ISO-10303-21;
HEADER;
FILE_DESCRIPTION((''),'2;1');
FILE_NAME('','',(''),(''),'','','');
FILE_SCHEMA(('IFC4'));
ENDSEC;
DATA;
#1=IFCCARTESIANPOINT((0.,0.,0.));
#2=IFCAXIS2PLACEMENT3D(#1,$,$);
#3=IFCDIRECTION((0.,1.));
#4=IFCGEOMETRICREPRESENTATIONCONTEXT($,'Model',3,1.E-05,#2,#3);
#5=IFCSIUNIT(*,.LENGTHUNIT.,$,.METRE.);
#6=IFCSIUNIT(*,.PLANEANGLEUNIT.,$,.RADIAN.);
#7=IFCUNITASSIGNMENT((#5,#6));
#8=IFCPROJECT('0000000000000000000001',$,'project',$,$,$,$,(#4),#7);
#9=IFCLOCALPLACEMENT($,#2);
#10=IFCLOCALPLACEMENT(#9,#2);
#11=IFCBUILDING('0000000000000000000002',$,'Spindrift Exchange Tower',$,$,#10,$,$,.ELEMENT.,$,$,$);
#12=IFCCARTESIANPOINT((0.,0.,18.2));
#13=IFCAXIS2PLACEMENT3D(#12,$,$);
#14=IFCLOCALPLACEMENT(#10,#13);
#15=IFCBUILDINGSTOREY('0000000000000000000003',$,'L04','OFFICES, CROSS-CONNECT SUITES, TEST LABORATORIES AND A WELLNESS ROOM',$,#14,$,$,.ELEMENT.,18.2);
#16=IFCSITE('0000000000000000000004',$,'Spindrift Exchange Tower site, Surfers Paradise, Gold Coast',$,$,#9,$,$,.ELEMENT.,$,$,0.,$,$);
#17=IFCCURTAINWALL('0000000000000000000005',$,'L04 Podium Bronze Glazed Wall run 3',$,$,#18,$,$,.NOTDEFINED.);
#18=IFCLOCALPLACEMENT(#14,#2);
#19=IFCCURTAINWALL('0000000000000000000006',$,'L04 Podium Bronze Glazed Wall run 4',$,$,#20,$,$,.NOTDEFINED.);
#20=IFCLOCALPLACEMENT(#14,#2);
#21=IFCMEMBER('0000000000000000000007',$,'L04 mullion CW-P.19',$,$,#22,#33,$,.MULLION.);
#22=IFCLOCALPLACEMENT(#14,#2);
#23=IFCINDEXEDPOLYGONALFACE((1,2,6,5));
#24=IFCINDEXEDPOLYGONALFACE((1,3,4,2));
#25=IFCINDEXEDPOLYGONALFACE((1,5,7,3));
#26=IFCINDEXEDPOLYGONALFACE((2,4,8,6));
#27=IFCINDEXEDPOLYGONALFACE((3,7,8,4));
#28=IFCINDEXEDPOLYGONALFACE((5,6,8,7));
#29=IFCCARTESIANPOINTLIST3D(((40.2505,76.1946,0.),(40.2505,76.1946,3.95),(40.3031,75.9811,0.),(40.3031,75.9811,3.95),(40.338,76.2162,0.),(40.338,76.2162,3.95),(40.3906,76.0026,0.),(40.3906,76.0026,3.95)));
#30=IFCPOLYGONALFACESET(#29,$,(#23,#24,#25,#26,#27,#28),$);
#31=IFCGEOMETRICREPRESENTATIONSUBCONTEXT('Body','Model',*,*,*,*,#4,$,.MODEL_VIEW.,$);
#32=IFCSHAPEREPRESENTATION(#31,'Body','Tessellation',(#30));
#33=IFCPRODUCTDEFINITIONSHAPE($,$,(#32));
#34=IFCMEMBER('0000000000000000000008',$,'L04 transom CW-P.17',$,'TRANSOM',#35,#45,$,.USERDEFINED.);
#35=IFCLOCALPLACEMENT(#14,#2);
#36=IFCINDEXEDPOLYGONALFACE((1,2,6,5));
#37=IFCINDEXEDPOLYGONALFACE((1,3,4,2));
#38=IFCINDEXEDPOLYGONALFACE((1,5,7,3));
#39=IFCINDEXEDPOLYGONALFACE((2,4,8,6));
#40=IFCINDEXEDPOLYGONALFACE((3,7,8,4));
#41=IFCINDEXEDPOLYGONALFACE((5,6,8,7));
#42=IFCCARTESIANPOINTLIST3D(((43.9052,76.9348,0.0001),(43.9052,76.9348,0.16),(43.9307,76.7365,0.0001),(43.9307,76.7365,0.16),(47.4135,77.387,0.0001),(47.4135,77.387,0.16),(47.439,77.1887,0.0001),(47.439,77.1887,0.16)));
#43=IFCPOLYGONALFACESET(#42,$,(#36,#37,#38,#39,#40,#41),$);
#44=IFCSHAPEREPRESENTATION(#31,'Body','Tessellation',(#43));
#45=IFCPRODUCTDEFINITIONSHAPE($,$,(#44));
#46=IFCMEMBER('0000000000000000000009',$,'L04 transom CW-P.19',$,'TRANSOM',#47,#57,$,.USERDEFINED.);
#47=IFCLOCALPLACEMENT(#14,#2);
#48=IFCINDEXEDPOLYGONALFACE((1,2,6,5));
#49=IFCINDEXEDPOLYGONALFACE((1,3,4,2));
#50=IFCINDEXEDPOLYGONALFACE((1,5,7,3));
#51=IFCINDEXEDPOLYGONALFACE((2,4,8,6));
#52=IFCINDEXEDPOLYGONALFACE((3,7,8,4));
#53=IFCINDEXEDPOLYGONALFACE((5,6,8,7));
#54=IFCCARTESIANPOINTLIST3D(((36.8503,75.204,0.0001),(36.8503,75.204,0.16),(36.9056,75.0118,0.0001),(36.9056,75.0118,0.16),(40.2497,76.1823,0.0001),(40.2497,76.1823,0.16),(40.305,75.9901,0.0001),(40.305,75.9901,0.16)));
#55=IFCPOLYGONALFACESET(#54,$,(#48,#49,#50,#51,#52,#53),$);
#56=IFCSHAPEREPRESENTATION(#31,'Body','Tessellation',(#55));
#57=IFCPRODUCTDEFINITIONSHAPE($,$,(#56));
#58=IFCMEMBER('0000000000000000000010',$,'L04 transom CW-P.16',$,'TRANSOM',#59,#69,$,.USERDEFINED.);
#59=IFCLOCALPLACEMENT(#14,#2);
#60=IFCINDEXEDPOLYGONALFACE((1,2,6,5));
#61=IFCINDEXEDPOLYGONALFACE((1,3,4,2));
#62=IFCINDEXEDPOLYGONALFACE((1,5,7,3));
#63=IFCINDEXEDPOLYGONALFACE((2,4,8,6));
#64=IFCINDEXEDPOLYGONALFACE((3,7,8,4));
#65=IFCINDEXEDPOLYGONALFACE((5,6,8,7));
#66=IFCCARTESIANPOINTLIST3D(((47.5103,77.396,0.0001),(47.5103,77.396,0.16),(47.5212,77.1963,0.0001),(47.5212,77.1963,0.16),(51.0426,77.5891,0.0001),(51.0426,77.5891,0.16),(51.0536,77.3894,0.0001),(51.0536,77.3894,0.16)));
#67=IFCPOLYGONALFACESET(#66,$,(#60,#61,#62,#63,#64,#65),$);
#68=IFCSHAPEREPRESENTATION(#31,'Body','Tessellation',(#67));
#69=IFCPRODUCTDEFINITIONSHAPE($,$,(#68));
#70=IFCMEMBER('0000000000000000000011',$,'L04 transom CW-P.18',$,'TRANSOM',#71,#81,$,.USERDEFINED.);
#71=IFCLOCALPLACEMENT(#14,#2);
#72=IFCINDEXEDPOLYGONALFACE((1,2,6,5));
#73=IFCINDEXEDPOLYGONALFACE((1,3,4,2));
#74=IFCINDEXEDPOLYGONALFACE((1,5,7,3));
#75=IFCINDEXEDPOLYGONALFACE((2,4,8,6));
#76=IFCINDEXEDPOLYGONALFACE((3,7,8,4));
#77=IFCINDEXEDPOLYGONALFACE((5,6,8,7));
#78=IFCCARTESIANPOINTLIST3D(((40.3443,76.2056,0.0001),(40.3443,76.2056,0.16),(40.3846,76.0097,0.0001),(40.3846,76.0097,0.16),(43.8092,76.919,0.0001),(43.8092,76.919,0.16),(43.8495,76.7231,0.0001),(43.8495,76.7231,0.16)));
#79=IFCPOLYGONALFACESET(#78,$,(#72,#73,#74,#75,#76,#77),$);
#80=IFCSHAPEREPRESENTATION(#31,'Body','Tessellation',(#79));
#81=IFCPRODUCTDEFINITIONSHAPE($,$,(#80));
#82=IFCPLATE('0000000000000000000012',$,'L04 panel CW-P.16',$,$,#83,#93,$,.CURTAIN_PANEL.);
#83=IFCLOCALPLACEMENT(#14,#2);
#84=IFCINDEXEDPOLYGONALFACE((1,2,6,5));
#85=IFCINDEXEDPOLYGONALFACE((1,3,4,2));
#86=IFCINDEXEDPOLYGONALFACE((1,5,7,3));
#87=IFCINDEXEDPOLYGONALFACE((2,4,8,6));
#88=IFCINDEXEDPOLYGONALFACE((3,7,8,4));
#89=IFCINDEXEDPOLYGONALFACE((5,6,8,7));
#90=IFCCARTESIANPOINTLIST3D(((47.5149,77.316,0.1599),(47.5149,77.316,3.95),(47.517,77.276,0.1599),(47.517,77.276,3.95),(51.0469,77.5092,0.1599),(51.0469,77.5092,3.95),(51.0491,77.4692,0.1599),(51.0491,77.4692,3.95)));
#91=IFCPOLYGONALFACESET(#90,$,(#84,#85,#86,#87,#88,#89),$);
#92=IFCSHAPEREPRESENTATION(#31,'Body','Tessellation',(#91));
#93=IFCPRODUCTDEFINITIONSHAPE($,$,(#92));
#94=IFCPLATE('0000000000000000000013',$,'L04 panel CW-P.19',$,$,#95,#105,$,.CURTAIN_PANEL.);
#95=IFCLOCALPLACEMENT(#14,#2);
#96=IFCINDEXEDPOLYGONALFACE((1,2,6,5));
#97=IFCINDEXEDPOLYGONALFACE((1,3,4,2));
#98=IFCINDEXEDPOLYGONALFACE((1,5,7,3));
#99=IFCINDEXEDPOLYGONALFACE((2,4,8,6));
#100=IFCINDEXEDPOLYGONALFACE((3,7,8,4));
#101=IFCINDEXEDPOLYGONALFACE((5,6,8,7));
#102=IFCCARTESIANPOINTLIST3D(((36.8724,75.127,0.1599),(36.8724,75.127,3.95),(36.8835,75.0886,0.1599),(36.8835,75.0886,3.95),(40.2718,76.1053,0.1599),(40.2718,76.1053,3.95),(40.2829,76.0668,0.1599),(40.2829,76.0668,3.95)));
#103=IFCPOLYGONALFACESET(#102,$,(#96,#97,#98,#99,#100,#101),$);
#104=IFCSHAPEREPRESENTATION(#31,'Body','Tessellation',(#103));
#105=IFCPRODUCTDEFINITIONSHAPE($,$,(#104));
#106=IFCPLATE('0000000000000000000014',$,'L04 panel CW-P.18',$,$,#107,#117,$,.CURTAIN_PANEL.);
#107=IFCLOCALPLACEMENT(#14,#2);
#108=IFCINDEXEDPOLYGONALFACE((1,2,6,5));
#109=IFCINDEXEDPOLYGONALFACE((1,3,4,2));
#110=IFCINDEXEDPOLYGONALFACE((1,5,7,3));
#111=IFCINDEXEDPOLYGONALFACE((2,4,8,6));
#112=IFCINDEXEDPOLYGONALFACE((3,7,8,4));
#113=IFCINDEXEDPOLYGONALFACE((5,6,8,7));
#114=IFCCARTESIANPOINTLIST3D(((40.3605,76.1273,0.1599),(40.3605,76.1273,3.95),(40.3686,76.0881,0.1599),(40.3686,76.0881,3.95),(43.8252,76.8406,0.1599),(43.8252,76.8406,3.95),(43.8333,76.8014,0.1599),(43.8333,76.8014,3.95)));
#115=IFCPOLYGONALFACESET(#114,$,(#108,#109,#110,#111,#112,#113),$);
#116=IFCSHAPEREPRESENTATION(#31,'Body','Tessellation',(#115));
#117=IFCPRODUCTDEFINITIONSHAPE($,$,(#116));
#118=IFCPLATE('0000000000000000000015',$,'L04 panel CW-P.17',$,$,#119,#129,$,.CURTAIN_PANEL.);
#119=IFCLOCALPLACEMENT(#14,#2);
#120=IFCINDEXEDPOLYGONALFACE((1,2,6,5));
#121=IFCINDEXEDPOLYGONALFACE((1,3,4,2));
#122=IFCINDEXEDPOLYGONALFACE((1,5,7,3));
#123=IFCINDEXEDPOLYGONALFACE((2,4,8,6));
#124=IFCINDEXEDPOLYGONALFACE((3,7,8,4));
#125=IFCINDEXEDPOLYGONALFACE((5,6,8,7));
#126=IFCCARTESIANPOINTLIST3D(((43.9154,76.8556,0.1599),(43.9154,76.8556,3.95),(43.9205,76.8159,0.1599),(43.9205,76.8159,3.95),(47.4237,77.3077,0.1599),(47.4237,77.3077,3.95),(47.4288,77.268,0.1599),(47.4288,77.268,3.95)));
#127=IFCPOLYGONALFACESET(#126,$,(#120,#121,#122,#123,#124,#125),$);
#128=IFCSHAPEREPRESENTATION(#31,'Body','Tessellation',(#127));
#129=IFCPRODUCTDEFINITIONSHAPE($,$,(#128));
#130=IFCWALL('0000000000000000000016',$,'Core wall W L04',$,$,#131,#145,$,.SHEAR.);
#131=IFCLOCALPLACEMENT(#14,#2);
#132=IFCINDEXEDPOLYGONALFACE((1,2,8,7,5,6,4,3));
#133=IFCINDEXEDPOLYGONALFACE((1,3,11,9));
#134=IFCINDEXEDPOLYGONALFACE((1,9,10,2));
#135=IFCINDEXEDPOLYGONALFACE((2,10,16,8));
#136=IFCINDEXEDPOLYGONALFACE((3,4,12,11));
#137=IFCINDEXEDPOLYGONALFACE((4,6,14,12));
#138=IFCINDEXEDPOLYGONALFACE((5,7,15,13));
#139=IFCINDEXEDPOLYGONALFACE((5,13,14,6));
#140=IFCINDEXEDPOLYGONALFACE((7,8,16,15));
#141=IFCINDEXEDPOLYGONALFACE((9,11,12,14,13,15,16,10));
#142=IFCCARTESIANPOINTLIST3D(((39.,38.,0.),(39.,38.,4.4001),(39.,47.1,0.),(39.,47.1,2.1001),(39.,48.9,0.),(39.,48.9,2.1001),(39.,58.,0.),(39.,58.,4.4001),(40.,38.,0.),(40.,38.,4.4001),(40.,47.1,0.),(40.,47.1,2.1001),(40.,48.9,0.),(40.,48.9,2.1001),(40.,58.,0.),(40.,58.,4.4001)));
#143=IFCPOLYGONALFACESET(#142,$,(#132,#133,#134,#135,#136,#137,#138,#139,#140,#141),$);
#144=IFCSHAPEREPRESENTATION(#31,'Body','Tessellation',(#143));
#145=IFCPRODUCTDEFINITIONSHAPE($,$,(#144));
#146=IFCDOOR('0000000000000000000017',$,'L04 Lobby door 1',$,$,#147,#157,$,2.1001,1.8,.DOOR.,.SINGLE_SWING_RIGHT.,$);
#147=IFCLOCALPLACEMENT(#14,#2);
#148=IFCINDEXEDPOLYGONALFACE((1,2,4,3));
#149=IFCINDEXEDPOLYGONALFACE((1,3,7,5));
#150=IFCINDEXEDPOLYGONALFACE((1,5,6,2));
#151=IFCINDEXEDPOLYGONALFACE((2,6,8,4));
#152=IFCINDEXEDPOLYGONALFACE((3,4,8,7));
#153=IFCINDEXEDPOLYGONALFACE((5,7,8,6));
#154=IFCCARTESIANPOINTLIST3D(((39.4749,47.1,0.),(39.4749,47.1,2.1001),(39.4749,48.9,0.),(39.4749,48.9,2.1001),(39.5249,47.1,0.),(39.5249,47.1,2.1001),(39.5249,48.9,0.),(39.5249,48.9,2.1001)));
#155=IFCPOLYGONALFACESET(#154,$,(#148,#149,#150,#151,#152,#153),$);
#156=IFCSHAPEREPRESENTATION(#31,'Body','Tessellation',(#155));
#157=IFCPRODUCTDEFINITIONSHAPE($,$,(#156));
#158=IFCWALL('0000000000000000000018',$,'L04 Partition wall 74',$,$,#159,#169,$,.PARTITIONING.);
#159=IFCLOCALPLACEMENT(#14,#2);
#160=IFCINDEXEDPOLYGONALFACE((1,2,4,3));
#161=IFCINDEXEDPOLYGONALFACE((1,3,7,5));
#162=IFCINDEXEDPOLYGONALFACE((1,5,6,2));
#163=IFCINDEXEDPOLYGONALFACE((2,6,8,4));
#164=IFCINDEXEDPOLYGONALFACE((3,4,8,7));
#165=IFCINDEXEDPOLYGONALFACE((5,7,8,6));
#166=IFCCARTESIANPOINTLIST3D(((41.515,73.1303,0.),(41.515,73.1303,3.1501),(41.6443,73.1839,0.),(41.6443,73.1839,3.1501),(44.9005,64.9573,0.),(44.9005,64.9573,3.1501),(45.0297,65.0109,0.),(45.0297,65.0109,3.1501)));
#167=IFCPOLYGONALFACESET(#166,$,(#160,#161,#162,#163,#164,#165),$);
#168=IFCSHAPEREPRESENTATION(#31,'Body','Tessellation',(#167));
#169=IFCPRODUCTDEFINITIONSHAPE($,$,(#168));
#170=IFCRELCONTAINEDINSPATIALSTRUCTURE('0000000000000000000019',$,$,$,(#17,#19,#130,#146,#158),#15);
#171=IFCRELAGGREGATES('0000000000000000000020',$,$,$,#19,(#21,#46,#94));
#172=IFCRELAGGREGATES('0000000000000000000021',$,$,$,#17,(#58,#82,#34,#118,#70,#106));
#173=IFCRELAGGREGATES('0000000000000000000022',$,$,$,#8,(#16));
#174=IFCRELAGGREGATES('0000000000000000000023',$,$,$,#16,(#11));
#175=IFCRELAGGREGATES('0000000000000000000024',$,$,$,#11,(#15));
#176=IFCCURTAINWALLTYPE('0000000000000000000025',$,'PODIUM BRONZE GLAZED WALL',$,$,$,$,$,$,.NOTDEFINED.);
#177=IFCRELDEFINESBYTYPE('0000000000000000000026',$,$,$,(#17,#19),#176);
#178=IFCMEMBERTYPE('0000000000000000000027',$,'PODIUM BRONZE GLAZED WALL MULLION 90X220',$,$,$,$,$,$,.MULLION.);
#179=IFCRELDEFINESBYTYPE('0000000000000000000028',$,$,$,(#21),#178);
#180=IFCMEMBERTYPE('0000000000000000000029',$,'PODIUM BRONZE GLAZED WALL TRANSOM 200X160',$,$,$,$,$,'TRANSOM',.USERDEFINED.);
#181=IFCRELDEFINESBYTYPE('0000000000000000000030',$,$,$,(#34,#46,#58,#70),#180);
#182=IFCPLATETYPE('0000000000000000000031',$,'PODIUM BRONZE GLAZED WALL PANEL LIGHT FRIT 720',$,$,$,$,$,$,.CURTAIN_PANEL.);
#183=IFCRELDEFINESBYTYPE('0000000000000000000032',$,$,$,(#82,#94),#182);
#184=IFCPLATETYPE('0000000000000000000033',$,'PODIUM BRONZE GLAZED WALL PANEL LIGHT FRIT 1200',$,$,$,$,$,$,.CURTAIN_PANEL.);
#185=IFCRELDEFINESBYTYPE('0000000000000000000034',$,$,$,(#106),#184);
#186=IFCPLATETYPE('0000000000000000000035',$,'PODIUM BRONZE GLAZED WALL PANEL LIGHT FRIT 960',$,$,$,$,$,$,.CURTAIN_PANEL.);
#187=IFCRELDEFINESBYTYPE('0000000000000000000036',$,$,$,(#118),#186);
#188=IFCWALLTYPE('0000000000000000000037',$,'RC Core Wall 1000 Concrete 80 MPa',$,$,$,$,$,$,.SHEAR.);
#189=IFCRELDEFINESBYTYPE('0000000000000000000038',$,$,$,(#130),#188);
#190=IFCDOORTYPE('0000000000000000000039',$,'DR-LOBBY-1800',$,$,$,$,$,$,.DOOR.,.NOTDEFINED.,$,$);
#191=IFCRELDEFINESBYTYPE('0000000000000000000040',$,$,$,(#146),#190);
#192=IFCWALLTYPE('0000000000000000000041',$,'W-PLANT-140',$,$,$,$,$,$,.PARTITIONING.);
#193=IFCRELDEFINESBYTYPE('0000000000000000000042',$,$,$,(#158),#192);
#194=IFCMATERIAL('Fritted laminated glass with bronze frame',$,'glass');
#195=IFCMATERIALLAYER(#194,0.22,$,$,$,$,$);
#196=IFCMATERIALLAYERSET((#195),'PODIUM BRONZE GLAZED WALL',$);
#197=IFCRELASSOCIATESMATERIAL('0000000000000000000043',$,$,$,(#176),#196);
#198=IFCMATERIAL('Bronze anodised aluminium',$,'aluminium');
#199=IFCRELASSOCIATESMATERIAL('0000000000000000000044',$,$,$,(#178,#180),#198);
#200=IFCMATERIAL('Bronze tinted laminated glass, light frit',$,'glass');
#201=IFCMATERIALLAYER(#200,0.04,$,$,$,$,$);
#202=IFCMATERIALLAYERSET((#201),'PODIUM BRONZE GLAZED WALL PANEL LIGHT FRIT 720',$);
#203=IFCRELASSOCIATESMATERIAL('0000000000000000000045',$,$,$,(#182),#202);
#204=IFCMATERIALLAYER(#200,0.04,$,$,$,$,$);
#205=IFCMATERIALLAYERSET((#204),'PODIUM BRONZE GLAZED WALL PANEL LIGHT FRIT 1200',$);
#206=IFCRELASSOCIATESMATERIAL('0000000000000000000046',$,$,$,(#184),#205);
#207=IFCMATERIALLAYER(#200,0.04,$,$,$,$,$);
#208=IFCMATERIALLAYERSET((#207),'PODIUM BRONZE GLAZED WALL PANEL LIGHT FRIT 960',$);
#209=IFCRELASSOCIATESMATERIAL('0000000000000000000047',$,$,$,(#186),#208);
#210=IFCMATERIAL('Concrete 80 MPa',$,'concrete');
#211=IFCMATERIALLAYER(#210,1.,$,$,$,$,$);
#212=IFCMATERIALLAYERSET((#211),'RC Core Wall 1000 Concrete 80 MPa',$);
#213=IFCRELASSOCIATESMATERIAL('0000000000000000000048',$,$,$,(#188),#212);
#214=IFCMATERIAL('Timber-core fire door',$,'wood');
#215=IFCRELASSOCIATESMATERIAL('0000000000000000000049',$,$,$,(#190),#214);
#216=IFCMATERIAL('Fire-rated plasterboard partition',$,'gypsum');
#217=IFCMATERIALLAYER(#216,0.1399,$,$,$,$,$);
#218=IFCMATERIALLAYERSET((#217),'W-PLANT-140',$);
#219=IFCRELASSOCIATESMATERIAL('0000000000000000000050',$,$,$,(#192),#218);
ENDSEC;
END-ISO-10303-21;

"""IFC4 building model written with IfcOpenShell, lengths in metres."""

from ifc_helpers import new_model, si_unit, direction, frame, frame_2d, origin, origin_2d, place, context, subcontext, project, spatial, rectangle, extrude, source, transform, mapped, material, layer, layer_set, material_profile, profile_set, type_object, element, fill, aggregate, save


model = new_model("IFC4")

# Units and contexts
model_context = context("Model", 3, precision=1e-05, world=origin(), true_north=direction((0.0, 1.0)))
body_context = subcontext(model_context, "Body", "Model", "MODEL_VIEW")
ifc_project = project(units=[si_unit("LENGTHUNIT", "METRE"), si_unit("PLANEANGLEUNIT", "RADIAN")], contexts=[model_context])

# Site, building, storey
site_placement = place(None, origin())
site = spatial("IfcSite", under=ifc_project, at=site_placement, Name="Spindrift Exchange Tower site, Surfers Paradise, Gold Coast", CompositionType="ELEMENT", RefElevation=0.0)
building_placement = place(site_placement, origin())
building = spatial("IfcBuilding", under=site, at=building_placement, Name="Spindrift Exchange Tower", CompositionType="ELEMENT")
storey_placement = place(building_placement, frame((0.0, 0.0, 18.2)))
storey = spatial("IfcBuildingStorey", under=building, at=storey_placement, Name="L04", Description="OFFICES, CROSS-CONNECT SUITES, TEST LABORATORIES AND A WELLNESS ROOM", CompositionType="ELEMENT", Elevation=18.2)

# Shared definitions
ifc_material_1 = material(Name="Concrete 80 MPa", Category="concrete")

# Curtain wall
ifc_material_2 = material(Name="Fritted laminated glass with bronze frame", Category="glass")
ifc_layer_1 = layer(ifc_material_2, 0.22)
ifc_layer_set_1 = layer_set([ifc_layer_1], Name="PODIUM BRONZE GLAZED WALL")
curtain_wall_type = type_object("IfcCurtainWallType", Name="PODIUM BRONZE GLAZED WALL", PredefinedType="NOTDEFINED", material=ifc_layer_set_1)
curtain_wall_1_placement = place(storey_placement, origin())
curtain_wall_1 = element("IfcCurtainWall", 1, at=curtain_wall_1_placement, inside=storey, type_object=curtain_wall_type, Name="L04 Podium Bronze Glazed Wall run 3", PredefinedType="NOTDEFINED")
ifc_material_3 = material(Name="Bronze anodised aluminium", Category="aluminium")
ifc_material_profile_1 = material_profile(ifc_material_3, rectangle(XDim=0.0901, YDim=0.22, at=origin_2d()), Name="PODIUM BRONZE GLAZED WALL MULLION 90X220")
ifc_profile_set_1 = profile_set([ifc_material_profile_1], Name="Bronze anodised aluminium")
member_type_1 = type_object("IfcMemberType", Name="PODIUM BRONZE GLAZED WALL MULLION 90X220", PredefinedType="MULLION", material=ifc_profile_set_1)
shared_shape_1 = source(origin(), body_context, "Body", "SweptSolid", [
    extrude(rectangle(XDim=0.0901, YDim=0.22, at=origin_2d()), origin(), (0.0, 0.0, 1.0), 3.95),
])

# Curtain wall, member
curtain_wall_2_placement = place(storey_placement, origin())
curtain_wall_2 = element("IfcCurtainWall", 2, at=curtain_wall_2_placement, inside=storey, type_object=curtain_wall_type, Name="L04 Podium Bronze Glazed Wall run 4", PredefinedType="NOTDEFINED")
member_1_placement = place(storey_placement, frame((40.3206, 76.0986, 0.0), z_axis=(0.0, 0.0, 1.0), x_axis=(-0.970954, -0.239266, 0.0)))
member_1 = element("IfcMember", 3, at=member_1_placement, type_object=member_type_1, Name="L04 mullion CW-P.19", PredefinedType="MULLION", context=body_context, shape_type="MappedRepresentation", body=[
    mapped(shared_shape_1, transform((0.0, 0.0, 0.0), scale=1.0)),
])

# Members
ifc_material_profile_2 = material_profile(ifc_material_3, rectangle(XDim=0.2, YDim=0.1599, at=origin_2d()), Name="PODIUM BRONZE GLAZED WALL TRANSOM 200X160")
ifc_profile_set_2 = profile_set([ifc_material_profile_2], Name="Bronze anodised aluminium")
member_type_2 = type_object("IfcMemberType", Name="PODIUM BRONZE GLAZED WALL TRANSOM 200X160", ElementType="TRANSOM", PredefinedType="USERDEFINED", material=ifc_profile_set_2)
shared_shape_2 = source(origin(), body_context, "Body", "SweptSolid", [
    extrude(rectangle(XDim=0.2, YDim=0.1599, at=origin_2d()), origin(), (0.0, 0.0, 1.0), 3.5374),
])
member_2_placement = place(storey_placement, frame((47.4263, 77.2878, 0.0801), z_axis=(-0.991797, -0.127822, 0.0), x_axis=(0.127822, -0.991797, 0.0)))
member_2 = element("IfcMember", 4, at=member_2_placement, type_object=member_type_2, Name="L04 transom CW-P.17", ObjectType="TRANSOM", PredefinedType="USERDEFINED", context=body_context, shape_type="MappedRepresentation", body=[
    mapped(shared_shape_2, transform((0.0, 0.0, 0.0), scale=1.0)),
])
member_3_placement = place(storey_placement, frame((40.2773, 76.0862, 0.0801), z_axis=(-0.960999, -0.276553, 0.0), x_axis=(0.276553, -0.960999, 0.0)))
member_3 = element("IfcMember", 5, at=member_3_placement, type_object=member_type_2, Name="L04 transom CW-P.19", ObjectType="TRANSOM", PredefinedType="USERDEFINED", context=body_context, shape_type="MappedRepresentation", body=[
    mapped(shared_shape_2, transform((0.0, 0.0, 0.0), scale=1.0)),
])
shared_shape_3 = source(origin(), body_context, "Body", "SweptSolid", [
    extrude(rectangle(XDim=0.2, YDim=0.1599, at=origin_2d()), origin(), (0.0, 0.0, 1.0), 3.5376),
])
member_4_placement = place(storey_placement, frame((51.0481, 77.4893, 0.0801), z_axis=(-0.998509, -0.054591, 0.0), x_axis=(0.054591, -0.998509, 0.0)))
member_4 = element("IfcMember", 6, at=member_4_placement, type_object=member_type_2, Name="L04 transom CW-P.16", ObjectType="TRANSOM", PredefinedType="USERDEFINED", context=body_context, shape_type="MappedRepresentation", body=[
    mapped(shared_shape_3, transform((0.0, 0.0, 0.0), scale=1.0)),
])
member_5_placement = place(storey_placement, frame((43.8293, 76.821, 0.0801), z_axis=(-0.979455, -0.201661, 0.0), x_axis=(0.201661, -0.979455, 0.0)))
member_5 = element("IfcMember", 7, at=member_5_placement, type_object=member_type_2, Name="L04 transom CW-P.18", ObjectType="TRANSOM", PredefinedType="USERDEFINED", context=body_context, shape_type="MappedRepresentation", body=[
    mapped(shared_shape_3, transform((0.0, 0.0, 0.0), scale=1.0)),
])

# Plates
ifc_material_4 = material(Name="Bronze tinted laminated glass, light frit", Category="glass")
ifc_layer_2 = layer(ifc_material_4, 0.04)
ifc_layer_set_2 = layer_set([ifc_layer_2], Name="PODIUM BRONZE GLAZED WALL PANEL LIGHT FRIT 720")
plate_type_1 = type_object("IfcPlateType", Name="PODIUM BRONZE GLAZED WALL PANEL LIGHT FRIT 720", PredefinedType="CURTAIN_PANEL", material=ifc_layer_set_2)
shared_shape_4 = source(origin(), body_context, "Body", "SweptSolid", [
    extrude(rectangle(XDim=3.5374, YDim=0.04, at=origin_2d()), origin(), (0.0, 0.0, 1.0), 3.79),
])
plate_1_placement = place(storey_placement, frame((49.282, 77.3926, 0.1599), z_axis=(0.0, 0.0, 1.0), x_axis=(-0.998508, -0.054612, 0.0)))
plate_1 = element("IfcPlate", 8, at=plate_1_placement, type_object=plate_type_1, Name="L04 panel CW-P.16", PredefinedType="CURTAIN_PANEL", context=body_context, shape_type="MappedRepresentation", body=[
    mapped(shared_shape_4, transform((0.0, 0.0, 0.0), scale=1.0)),
])
plate_2_placement = place(storey_placement, frame((38.5776, 75.5969, 0.1599), z_axis=(0.0, 0.0, 1.0), x_axis=(-0.961001, -0.276545, 0.0)))
plate_2 = element("IfcPlate", 9, at=plate_2_placement, type_object=plate_type_1, Name="L04 panel CW-P.19", PredefinedType="CURTAIN_PANEL", context=body_context, shape_type="MappedRepresentation", body=[
    mapped(shared_shape_4, transform((0.0, 0.0, 0.0), scale=1.0)),
])
aggregate(curtain_wall_2, [member_1, member_3, plate_2])
ifc_layer_3 = layer(ifc_material_4, 0.04)
ifc_layer_set_3 = layer_set([ifc_layer_3], Name="PODIUM BRONZE GLAZED WALL PANEL LIGHT FRIT 1200")
plate_type_2 = type_object("IfcPlateType", Name="PODIUM BRONZE GLAZED WALL PANEL LIGHT FRIT 1200", PredefinedType="CURTAIN_PANEL", material=ifc_layer_set_3)
shared_shape_5 = source(origin(), body_context, "Body", "SweptSolid", [
    extrude(rectangle(XDim=3.5374, YDim=0.04, at=origin_2d()), origin(), (0.0, 0.0, 1.0), 3.79),
])
plate_3_placement = place(storey_placement, frame((42.0969, 76.4644, 0.1599), z_axis=(0.0, 0.0, 1.0), x_axis=(-0.979461, -0.201632, 0.0)))
plate_3 = element("IfcPlate", 10, at=plate_3_placement, type_object=plate_type_2, Name="L04 panel CW-P.18", PredefinedType="CURTAIN_PANEL", context=body_context, shape_type="MappedRepresentation", body=[
    mapped(shared_shape_5, transform((0.0, 0.0, 0.0), scale=1.0)),
])
ifc_layer_4 = layer(ifc_material_4, 0.04)
ifc_layer_set_4 = layer_set([ifc_layer_4], Name="PODIUM BRONZE GLAZED WALL PANEL LIGHT FRIT 960")
plate_type_3 = type_object("IfcPlateType", Name="PODIUM BRONZE GLAZED WALL PANEL LIGHT FRIT 960", PredefinedType="CURTAIN_PANEL", material=ifc_layer_set_4)
shared_shape_6 = source(origin(), body_context, "Body", "SweptSolid", [
    extrude(rectangle(XDim=3.5374, YDim=0.04, at=origin_2d()), origin(), (0.0, 0.0, 1.0), 3.79),
])
plate_4_placement = place(storey_placement, frame((45.6721, 77.0618, 0.1599), z_axis=(0.0, 0.0, 1.0), x_axis=(-0.991799, -0.127807, 0.0)))
plate_4 = element("IfcPlate", 11, at=plate_4_placement, type_object=plate_type_3, Name="L04 panel CW-P.17", PredefinedType="CURTAIN_PANEL", context=body_context, shape_type="MappedRepresentation", body=[
    mapped(shared_shape_6, transform((0.0, 0.0, 0.0), scale=1.0)),
])
aggregate(curtain_wall_1, [member_4, plate_1, member_2, plate_4, member_5, plate_3])

# Wall, opening, door
ifc_layer_5 = layer(ifc_material_1, 1.0)
ifc_layer_set_5 = layer_set([ifc_layer_5], Name="RC Core Wall 1000 Concrete 80 MPa")
wall_type_1 = type_object("IfcWallType", Name="RC Core Wall 1000 Concrete 80 MPa", PredefinedType="SHEAR", material=ifc_layer_set_5)
wall_1_placement = place(storey_placement, frame((39.5, 58.0, 0.0), z_axis=(0.0, 0.0, 1.0), x_axis=(0.0, -1.0, 0.0)))
wall_1 = element("IfcWall", 12, at=wall_1_placement, inside=storey, type_object=wall_type_1, Name="Core wall W L04", PredefinedType="SHEAR", context=body_context, shape_type="SweptSolid", body=[
    extrude(rectangle(XDim=20.0, YDim=1.0, at=frame_2d((10.0, 0.0))), origin(), (0.0, 0.0, 1.0), 4.4001),
])
opening_placement = place(wall_1_placement, frame((9.1001, 0.0, 0.0)))
opening = element("IfcOpeningElement", 13, at=opening_placement, cuts=wall_1, PredefinedType="OPENING", context=body_context, shape_type="SweptSolid", body=[
    extrude(rectangle(XDim=1.8, YDim=2.1001, at=frame_2d((0.8999, 1.05))), frame((0.0, 0.51, 0.0), z_axis=(0.0, -1.0, 0.0), x_axis=(1.0, 0.0, 0.0)), (0.0, 0.0, 1.0), 1.02),
])
ifc_material_5 = material(Name="Timber-core fire door", Category="wood")
door_type = type_object("IfcDoorType", Name="DR-LOBBY-1800", OperationType="NOTDEFINED", PredefinedType="DOOR", material=ifc_material_5)
shared_shape_7 = source(origin(), body_context, "Body", "SweptSolid", [
    extrude(rectangle(XDim=1.8, YDim=2.1001, at=frame_2d((0.8999, 1.05))), frame((0.0, 0.0249, 0.0), z_axis=(0.0, -1.0, 0.0), x_axis=(1.0, 0.0, 0.0)), (0.0, 0.0, 1.0), 0.05),
])
door_placement = place(opening_placement, origin())
door = element("IfcDoor", 14, at=door_placement, inside=storey, type_object=door_type, Name="L04 Lobby door 1", OperationType="SINGLE_SWING_RIGHT", OverallHeight=2.1001, OverallWidth=1.8, PredefinedType="DOOR", context=body_context, shape_type="MappedRepresentation", body=[
    mapped(shared_shape_7, transform((0.0, 0.0, 0.0), scale=1.0)),
])
fill(opening, door)

# Wall
ifc_material_6 = material(Name="Fire-rated plasterboard partition", Category="gypsum")
ifc_layer_6 = layer(ifc_material_6, 0.1399)
ifc_layer_set_6 = layer_set([ifc_layer_6], Name="W-PLANT-140")
wall_type_2 = type_object("IfcWallType", Name="W-PLANT-140", PredefinedType="PARTITIONING", material=ifc_layer_set_6)
wall_2_placement = place(storey_placement, frame((41.5796, 73.1572, 0.0), z_axis=(0.0, 0.0, 1.0), x_axis=(0.382692, -0.923876, 0.0)))
element("IfcWall", 15, at=wall_2_placement, inside=storey, type_object=wall_type_2, Name="L04 Partition wall 74", PredefinedType="PARTITIONING", context=body_context, shape_type="SweptSolid", body=[
    extrude(rectangle(XDim=8.8464, YDim=0.1399, at=frame_2d((4.4233, 0.0))), origin(), (0.0, 0.0, 1.0), 3.1501),
])

save(model, "model.ifc")
